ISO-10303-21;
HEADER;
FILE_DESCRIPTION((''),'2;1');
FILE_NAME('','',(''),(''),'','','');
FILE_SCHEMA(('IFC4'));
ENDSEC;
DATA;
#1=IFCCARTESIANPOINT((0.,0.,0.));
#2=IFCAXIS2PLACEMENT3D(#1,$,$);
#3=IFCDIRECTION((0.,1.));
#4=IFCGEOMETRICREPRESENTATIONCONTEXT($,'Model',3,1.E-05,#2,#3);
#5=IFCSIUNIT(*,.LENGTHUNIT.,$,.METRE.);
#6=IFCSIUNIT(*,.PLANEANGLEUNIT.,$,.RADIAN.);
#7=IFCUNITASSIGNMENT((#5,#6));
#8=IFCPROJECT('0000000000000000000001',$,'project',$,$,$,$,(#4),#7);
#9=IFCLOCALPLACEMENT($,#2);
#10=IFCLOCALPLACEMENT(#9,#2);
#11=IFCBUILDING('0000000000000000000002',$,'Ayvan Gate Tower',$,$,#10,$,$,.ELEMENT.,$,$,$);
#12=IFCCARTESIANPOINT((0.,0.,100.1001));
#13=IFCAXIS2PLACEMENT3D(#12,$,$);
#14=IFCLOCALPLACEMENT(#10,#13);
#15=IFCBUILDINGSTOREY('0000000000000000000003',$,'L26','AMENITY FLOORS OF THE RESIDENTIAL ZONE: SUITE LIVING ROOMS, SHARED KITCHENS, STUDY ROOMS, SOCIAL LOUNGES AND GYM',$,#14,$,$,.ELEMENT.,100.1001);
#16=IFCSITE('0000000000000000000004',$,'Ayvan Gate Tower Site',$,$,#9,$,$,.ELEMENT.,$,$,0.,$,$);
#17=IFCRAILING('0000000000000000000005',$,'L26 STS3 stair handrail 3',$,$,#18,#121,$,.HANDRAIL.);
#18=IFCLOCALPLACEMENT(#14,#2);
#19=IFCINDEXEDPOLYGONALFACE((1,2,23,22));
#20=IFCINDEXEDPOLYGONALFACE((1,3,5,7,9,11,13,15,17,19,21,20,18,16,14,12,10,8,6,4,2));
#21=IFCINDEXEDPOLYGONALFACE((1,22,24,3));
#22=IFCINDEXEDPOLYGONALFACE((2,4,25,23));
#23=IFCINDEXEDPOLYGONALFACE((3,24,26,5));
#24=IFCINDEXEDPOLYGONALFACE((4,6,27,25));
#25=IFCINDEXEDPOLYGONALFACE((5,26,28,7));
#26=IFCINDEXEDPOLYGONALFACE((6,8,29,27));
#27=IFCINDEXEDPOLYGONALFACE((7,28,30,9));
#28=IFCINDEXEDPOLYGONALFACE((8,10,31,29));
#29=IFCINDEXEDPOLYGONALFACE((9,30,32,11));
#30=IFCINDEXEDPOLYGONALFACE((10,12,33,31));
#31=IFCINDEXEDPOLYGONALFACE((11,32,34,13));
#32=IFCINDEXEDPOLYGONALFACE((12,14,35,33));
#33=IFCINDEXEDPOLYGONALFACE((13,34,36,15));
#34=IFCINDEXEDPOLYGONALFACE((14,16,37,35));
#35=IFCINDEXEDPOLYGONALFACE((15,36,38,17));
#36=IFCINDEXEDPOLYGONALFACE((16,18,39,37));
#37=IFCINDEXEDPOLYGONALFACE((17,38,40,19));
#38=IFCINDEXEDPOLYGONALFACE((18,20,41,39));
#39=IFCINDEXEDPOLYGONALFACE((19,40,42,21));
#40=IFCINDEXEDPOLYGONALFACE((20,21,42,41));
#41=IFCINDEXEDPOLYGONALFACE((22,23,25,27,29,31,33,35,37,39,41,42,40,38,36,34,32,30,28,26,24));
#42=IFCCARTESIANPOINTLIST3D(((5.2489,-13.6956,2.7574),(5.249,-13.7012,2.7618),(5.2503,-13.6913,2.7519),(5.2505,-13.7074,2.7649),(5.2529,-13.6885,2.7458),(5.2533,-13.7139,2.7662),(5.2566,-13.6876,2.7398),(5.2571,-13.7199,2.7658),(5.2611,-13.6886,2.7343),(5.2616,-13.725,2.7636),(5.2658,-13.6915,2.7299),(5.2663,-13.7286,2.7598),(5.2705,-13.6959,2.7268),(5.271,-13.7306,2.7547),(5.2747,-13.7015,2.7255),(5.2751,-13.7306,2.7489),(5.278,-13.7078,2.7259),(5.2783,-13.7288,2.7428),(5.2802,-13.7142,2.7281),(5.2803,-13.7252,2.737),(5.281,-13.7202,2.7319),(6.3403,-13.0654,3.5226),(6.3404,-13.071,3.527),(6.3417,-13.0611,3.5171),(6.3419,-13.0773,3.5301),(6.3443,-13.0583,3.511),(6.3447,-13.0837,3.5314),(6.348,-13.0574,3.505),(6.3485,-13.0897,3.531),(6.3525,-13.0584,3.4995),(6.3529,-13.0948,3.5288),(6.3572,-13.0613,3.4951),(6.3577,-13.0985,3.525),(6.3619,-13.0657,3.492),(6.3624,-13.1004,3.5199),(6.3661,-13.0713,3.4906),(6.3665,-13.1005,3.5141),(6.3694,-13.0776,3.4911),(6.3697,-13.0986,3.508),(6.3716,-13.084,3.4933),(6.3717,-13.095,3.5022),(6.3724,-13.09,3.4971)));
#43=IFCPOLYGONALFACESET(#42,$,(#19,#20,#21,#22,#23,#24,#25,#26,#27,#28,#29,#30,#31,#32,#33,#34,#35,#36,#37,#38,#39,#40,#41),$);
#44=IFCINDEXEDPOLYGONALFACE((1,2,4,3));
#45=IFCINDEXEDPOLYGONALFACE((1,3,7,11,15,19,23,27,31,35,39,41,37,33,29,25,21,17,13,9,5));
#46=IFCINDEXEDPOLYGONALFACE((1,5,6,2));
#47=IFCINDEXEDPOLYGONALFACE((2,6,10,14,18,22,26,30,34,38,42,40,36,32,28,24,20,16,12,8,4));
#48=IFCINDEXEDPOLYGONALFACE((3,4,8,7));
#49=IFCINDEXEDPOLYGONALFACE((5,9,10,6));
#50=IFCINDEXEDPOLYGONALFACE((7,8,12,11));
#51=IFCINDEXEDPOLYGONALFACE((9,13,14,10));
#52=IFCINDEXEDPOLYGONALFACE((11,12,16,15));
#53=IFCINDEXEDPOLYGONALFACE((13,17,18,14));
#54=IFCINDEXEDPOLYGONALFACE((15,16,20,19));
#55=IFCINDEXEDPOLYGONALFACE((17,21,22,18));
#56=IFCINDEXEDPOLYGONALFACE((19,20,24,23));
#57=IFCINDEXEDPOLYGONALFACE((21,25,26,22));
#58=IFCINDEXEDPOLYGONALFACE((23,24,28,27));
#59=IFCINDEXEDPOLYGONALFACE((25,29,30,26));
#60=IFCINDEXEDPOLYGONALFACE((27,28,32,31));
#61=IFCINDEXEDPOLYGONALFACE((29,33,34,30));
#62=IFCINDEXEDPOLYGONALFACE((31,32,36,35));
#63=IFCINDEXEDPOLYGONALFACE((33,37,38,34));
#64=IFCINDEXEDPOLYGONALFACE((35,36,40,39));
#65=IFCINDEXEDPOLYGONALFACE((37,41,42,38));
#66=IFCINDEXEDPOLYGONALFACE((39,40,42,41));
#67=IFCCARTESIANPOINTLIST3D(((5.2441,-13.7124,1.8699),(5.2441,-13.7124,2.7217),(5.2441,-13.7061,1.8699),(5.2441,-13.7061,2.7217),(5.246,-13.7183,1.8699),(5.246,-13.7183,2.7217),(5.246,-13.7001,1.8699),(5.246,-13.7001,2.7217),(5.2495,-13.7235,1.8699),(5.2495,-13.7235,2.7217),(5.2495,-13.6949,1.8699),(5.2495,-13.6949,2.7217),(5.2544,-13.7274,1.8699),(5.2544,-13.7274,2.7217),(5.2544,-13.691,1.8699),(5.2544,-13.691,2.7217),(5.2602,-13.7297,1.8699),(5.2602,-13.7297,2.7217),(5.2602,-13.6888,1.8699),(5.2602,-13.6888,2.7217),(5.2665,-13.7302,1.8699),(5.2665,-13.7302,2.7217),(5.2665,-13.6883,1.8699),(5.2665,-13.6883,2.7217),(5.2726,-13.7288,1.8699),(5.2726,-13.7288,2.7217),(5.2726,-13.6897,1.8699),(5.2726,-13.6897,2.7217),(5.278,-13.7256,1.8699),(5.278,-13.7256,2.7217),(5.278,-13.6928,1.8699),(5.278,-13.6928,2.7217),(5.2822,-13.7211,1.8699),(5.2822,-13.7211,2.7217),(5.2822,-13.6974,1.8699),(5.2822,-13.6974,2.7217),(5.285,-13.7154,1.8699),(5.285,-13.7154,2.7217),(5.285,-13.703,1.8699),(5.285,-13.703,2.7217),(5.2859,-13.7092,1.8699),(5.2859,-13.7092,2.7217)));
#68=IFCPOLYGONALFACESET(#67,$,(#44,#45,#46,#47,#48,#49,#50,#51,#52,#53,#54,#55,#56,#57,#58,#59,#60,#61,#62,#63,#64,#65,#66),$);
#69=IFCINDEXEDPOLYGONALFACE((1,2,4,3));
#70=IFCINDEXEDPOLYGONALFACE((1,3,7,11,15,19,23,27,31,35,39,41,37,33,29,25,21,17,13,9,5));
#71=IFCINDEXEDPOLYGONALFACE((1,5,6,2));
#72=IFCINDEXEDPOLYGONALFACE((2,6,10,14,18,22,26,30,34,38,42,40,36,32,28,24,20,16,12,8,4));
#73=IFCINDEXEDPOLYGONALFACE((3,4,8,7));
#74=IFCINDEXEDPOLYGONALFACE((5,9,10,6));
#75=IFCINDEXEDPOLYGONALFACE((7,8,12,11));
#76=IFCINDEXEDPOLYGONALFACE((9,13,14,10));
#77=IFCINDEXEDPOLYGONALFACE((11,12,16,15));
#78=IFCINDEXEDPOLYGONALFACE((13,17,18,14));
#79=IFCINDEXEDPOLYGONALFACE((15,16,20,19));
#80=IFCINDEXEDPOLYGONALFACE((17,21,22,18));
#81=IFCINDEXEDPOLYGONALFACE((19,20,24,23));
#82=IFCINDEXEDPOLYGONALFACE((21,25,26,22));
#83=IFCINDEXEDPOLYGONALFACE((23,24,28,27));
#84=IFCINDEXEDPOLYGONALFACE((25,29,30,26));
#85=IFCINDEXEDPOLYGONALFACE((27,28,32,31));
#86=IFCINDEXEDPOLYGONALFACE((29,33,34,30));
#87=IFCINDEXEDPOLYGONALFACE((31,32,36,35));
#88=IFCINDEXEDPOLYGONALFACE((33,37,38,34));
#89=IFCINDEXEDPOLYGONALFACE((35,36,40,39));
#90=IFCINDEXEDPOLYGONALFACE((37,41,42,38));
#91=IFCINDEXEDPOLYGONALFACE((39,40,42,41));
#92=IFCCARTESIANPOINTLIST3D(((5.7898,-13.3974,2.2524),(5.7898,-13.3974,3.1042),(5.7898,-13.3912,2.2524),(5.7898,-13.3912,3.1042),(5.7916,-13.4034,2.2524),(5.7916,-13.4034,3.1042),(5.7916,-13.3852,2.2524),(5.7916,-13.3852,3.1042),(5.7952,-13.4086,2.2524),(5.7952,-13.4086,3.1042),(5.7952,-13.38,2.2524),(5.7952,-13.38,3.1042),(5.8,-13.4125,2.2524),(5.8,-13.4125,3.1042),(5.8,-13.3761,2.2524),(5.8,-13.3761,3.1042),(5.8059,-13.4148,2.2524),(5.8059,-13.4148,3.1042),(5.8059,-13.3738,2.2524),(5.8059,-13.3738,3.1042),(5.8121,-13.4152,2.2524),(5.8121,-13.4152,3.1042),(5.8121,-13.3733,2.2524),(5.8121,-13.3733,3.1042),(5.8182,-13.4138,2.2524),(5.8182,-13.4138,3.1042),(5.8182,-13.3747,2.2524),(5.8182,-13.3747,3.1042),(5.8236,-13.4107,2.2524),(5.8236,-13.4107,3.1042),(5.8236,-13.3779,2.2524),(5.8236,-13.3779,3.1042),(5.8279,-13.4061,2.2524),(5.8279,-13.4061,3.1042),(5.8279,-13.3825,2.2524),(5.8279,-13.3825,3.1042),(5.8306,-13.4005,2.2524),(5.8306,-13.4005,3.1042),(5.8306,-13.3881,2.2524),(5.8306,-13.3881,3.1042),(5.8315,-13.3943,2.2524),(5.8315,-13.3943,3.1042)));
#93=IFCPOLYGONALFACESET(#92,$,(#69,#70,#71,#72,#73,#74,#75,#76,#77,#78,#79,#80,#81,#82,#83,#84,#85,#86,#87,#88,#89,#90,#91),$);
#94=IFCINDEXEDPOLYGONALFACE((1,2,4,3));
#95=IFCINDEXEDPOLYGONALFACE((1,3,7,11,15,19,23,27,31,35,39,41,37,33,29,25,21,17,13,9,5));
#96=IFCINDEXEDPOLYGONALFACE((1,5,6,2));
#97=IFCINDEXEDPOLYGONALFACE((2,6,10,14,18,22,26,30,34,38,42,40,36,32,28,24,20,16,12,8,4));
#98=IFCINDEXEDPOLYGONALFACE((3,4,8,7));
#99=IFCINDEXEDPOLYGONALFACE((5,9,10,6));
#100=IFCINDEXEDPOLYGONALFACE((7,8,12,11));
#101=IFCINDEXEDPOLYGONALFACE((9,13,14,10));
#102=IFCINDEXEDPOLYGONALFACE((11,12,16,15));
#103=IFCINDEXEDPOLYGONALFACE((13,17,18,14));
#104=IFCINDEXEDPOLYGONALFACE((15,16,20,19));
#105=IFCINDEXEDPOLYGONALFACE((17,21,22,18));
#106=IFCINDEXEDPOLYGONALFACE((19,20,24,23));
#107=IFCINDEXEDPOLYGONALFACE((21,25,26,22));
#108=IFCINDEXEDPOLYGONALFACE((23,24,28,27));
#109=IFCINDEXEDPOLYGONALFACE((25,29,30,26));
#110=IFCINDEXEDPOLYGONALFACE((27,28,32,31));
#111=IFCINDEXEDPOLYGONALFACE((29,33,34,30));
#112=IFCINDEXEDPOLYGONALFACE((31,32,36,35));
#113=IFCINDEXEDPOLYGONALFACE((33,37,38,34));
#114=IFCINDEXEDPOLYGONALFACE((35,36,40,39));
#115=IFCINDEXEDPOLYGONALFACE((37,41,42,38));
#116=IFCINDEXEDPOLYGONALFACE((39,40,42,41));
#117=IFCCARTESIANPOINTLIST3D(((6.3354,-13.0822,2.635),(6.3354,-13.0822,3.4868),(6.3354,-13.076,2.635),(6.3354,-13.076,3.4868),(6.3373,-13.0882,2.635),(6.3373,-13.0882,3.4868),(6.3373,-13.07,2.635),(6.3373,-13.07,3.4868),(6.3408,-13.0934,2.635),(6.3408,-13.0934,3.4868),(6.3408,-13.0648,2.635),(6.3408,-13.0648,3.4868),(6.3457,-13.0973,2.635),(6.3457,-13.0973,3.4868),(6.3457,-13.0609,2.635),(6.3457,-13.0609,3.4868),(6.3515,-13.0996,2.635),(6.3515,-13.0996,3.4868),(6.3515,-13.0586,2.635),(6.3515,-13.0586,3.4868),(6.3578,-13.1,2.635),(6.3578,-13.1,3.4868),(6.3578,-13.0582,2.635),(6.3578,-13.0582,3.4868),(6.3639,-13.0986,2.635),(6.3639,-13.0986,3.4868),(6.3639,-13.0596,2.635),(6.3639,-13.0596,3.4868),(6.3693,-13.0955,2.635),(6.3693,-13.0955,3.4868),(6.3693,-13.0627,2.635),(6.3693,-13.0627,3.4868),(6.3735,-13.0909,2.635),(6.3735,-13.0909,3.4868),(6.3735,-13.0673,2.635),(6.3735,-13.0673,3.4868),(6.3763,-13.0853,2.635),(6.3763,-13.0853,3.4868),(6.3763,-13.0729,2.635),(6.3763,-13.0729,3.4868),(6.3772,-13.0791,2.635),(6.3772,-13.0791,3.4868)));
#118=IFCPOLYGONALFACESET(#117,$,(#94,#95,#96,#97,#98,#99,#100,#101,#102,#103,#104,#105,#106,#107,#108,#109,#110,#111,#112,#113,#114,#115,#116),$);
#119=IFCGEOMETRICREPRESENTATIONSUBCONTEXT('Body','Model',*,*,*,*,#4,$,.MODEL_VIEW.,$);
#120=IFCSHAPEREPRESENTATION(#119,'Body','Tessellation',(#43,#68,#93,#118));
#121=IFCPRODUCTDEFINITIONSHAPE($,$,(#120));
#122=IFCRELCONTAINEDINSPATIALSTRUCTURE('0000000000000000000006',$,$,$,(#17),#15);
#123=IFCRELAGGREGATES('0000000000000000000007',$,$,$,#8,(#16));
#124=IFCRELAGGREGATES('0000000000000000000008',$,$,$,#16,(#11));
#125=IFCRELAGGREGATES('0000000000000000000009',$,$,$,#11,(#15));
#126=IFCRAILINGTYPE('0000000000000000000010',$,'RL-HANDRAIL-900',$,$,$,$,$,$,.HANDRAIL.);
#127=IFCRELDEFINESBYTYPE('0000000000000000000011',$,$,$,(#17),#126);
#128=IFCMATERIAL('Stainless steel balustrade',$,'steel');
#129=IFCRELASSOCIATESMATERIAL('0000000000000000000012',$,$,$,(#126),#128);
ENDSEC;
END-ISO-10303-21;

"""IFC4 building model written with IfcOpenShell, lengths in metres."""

from ifc_helpers import new_model, si_unit, direction, frame, origin, origin_2d, place, context, subcontext, project, spatial, circle, extrude, material, type_object, element, save


model = new_model("IFC4")

# Units and contexts
model_context = context("Model", 3, precision=1e-05, world=origin(), true_north=direction((0.0, 1.0)))
body_context = subcontext(model_context, "Body", "Model", "MODEL_VIEW")
ifc_project = project(units=[si_unit("LENGTHUNIT", "METRE"), si_unit("PLANEANGLEUNIT", "RADIAN")], contexts=[model_context])

# Site, building, storey
site_placement = place(None, origin())
site = spatial("IfcSite", under=ifc_project, at=site_placement, Name="Ayvan Gate Tower Site", CompositionType="ELEMENT", RefElevation=0.0)
building_placement = place(site_placement, origin())
building = spatial("IfcBuilding", under=site, at=building_placement, Name="Ayvan Gate Tower", CompositionType="ELEMENT")
storey_placement = place(building_placement, frame((0.0, 0.0, 100.1001)))
storey = spatial("IfcBuildingStorey", under=building, at=storey_placement, Name="L26", Description="AMENITY FLOORS OF THE RESIDENTIAL ZONE: SUITE LIVING ROOMS, SHARED KITCHENS, STUDY ROOMS, SOCIAL LOUNGES AND GYM", CompositionType="ELEMENT", Elevation=100.1001)

# Railing
ifc_material_1 = material(Name="Stainless steel balustrade", Category="steel")
railing_type_1 = type_object("IfcRailingType", Name="RL-HANDRAIL-900", PredefinedType="HANDRAIL", material=ifc_material_1)
railing_1_placement = place(storey_placement, frame((5.2649, -13.7092, 1.8699)))
element("IfcRailing", 1, at=railing_1_placement, inside=storey, type_object=railing_type_1, Name="L26 STS3 stair handrail 3", PredefinedType="HANDRAIL", context=body_context, shape_type="SweptSolid", body=[
    extrude(circle(Radius=0.0239, at=origin_2d()), frame((0.0, 0.0, 0.876), z_axis=(0.740241, 0.427419, 0.518996), x_axis=(-0.500035, 0.866005, 0.0)), (0.0, 0.0, 1.0), 1.4744),
    extrude(circle(Radius=0.021, at=origin_2d()), origin(), (0.0, 0.0, 1.0), 0.8518),
    extrude(circle(Radius=0.021, at=origin_2d()), frame((0.5457, 0.3149, 0.3826)), (0.0, 0.0, 1.0), 0.8518),
    extrude(circle(Radius=0.021, at=origin_2d()), frame((1.0913, 0.6301, 0.7651)), (0.0, 0.0, 1.0), 0.8518),
])

save(model, "model.ifc")
